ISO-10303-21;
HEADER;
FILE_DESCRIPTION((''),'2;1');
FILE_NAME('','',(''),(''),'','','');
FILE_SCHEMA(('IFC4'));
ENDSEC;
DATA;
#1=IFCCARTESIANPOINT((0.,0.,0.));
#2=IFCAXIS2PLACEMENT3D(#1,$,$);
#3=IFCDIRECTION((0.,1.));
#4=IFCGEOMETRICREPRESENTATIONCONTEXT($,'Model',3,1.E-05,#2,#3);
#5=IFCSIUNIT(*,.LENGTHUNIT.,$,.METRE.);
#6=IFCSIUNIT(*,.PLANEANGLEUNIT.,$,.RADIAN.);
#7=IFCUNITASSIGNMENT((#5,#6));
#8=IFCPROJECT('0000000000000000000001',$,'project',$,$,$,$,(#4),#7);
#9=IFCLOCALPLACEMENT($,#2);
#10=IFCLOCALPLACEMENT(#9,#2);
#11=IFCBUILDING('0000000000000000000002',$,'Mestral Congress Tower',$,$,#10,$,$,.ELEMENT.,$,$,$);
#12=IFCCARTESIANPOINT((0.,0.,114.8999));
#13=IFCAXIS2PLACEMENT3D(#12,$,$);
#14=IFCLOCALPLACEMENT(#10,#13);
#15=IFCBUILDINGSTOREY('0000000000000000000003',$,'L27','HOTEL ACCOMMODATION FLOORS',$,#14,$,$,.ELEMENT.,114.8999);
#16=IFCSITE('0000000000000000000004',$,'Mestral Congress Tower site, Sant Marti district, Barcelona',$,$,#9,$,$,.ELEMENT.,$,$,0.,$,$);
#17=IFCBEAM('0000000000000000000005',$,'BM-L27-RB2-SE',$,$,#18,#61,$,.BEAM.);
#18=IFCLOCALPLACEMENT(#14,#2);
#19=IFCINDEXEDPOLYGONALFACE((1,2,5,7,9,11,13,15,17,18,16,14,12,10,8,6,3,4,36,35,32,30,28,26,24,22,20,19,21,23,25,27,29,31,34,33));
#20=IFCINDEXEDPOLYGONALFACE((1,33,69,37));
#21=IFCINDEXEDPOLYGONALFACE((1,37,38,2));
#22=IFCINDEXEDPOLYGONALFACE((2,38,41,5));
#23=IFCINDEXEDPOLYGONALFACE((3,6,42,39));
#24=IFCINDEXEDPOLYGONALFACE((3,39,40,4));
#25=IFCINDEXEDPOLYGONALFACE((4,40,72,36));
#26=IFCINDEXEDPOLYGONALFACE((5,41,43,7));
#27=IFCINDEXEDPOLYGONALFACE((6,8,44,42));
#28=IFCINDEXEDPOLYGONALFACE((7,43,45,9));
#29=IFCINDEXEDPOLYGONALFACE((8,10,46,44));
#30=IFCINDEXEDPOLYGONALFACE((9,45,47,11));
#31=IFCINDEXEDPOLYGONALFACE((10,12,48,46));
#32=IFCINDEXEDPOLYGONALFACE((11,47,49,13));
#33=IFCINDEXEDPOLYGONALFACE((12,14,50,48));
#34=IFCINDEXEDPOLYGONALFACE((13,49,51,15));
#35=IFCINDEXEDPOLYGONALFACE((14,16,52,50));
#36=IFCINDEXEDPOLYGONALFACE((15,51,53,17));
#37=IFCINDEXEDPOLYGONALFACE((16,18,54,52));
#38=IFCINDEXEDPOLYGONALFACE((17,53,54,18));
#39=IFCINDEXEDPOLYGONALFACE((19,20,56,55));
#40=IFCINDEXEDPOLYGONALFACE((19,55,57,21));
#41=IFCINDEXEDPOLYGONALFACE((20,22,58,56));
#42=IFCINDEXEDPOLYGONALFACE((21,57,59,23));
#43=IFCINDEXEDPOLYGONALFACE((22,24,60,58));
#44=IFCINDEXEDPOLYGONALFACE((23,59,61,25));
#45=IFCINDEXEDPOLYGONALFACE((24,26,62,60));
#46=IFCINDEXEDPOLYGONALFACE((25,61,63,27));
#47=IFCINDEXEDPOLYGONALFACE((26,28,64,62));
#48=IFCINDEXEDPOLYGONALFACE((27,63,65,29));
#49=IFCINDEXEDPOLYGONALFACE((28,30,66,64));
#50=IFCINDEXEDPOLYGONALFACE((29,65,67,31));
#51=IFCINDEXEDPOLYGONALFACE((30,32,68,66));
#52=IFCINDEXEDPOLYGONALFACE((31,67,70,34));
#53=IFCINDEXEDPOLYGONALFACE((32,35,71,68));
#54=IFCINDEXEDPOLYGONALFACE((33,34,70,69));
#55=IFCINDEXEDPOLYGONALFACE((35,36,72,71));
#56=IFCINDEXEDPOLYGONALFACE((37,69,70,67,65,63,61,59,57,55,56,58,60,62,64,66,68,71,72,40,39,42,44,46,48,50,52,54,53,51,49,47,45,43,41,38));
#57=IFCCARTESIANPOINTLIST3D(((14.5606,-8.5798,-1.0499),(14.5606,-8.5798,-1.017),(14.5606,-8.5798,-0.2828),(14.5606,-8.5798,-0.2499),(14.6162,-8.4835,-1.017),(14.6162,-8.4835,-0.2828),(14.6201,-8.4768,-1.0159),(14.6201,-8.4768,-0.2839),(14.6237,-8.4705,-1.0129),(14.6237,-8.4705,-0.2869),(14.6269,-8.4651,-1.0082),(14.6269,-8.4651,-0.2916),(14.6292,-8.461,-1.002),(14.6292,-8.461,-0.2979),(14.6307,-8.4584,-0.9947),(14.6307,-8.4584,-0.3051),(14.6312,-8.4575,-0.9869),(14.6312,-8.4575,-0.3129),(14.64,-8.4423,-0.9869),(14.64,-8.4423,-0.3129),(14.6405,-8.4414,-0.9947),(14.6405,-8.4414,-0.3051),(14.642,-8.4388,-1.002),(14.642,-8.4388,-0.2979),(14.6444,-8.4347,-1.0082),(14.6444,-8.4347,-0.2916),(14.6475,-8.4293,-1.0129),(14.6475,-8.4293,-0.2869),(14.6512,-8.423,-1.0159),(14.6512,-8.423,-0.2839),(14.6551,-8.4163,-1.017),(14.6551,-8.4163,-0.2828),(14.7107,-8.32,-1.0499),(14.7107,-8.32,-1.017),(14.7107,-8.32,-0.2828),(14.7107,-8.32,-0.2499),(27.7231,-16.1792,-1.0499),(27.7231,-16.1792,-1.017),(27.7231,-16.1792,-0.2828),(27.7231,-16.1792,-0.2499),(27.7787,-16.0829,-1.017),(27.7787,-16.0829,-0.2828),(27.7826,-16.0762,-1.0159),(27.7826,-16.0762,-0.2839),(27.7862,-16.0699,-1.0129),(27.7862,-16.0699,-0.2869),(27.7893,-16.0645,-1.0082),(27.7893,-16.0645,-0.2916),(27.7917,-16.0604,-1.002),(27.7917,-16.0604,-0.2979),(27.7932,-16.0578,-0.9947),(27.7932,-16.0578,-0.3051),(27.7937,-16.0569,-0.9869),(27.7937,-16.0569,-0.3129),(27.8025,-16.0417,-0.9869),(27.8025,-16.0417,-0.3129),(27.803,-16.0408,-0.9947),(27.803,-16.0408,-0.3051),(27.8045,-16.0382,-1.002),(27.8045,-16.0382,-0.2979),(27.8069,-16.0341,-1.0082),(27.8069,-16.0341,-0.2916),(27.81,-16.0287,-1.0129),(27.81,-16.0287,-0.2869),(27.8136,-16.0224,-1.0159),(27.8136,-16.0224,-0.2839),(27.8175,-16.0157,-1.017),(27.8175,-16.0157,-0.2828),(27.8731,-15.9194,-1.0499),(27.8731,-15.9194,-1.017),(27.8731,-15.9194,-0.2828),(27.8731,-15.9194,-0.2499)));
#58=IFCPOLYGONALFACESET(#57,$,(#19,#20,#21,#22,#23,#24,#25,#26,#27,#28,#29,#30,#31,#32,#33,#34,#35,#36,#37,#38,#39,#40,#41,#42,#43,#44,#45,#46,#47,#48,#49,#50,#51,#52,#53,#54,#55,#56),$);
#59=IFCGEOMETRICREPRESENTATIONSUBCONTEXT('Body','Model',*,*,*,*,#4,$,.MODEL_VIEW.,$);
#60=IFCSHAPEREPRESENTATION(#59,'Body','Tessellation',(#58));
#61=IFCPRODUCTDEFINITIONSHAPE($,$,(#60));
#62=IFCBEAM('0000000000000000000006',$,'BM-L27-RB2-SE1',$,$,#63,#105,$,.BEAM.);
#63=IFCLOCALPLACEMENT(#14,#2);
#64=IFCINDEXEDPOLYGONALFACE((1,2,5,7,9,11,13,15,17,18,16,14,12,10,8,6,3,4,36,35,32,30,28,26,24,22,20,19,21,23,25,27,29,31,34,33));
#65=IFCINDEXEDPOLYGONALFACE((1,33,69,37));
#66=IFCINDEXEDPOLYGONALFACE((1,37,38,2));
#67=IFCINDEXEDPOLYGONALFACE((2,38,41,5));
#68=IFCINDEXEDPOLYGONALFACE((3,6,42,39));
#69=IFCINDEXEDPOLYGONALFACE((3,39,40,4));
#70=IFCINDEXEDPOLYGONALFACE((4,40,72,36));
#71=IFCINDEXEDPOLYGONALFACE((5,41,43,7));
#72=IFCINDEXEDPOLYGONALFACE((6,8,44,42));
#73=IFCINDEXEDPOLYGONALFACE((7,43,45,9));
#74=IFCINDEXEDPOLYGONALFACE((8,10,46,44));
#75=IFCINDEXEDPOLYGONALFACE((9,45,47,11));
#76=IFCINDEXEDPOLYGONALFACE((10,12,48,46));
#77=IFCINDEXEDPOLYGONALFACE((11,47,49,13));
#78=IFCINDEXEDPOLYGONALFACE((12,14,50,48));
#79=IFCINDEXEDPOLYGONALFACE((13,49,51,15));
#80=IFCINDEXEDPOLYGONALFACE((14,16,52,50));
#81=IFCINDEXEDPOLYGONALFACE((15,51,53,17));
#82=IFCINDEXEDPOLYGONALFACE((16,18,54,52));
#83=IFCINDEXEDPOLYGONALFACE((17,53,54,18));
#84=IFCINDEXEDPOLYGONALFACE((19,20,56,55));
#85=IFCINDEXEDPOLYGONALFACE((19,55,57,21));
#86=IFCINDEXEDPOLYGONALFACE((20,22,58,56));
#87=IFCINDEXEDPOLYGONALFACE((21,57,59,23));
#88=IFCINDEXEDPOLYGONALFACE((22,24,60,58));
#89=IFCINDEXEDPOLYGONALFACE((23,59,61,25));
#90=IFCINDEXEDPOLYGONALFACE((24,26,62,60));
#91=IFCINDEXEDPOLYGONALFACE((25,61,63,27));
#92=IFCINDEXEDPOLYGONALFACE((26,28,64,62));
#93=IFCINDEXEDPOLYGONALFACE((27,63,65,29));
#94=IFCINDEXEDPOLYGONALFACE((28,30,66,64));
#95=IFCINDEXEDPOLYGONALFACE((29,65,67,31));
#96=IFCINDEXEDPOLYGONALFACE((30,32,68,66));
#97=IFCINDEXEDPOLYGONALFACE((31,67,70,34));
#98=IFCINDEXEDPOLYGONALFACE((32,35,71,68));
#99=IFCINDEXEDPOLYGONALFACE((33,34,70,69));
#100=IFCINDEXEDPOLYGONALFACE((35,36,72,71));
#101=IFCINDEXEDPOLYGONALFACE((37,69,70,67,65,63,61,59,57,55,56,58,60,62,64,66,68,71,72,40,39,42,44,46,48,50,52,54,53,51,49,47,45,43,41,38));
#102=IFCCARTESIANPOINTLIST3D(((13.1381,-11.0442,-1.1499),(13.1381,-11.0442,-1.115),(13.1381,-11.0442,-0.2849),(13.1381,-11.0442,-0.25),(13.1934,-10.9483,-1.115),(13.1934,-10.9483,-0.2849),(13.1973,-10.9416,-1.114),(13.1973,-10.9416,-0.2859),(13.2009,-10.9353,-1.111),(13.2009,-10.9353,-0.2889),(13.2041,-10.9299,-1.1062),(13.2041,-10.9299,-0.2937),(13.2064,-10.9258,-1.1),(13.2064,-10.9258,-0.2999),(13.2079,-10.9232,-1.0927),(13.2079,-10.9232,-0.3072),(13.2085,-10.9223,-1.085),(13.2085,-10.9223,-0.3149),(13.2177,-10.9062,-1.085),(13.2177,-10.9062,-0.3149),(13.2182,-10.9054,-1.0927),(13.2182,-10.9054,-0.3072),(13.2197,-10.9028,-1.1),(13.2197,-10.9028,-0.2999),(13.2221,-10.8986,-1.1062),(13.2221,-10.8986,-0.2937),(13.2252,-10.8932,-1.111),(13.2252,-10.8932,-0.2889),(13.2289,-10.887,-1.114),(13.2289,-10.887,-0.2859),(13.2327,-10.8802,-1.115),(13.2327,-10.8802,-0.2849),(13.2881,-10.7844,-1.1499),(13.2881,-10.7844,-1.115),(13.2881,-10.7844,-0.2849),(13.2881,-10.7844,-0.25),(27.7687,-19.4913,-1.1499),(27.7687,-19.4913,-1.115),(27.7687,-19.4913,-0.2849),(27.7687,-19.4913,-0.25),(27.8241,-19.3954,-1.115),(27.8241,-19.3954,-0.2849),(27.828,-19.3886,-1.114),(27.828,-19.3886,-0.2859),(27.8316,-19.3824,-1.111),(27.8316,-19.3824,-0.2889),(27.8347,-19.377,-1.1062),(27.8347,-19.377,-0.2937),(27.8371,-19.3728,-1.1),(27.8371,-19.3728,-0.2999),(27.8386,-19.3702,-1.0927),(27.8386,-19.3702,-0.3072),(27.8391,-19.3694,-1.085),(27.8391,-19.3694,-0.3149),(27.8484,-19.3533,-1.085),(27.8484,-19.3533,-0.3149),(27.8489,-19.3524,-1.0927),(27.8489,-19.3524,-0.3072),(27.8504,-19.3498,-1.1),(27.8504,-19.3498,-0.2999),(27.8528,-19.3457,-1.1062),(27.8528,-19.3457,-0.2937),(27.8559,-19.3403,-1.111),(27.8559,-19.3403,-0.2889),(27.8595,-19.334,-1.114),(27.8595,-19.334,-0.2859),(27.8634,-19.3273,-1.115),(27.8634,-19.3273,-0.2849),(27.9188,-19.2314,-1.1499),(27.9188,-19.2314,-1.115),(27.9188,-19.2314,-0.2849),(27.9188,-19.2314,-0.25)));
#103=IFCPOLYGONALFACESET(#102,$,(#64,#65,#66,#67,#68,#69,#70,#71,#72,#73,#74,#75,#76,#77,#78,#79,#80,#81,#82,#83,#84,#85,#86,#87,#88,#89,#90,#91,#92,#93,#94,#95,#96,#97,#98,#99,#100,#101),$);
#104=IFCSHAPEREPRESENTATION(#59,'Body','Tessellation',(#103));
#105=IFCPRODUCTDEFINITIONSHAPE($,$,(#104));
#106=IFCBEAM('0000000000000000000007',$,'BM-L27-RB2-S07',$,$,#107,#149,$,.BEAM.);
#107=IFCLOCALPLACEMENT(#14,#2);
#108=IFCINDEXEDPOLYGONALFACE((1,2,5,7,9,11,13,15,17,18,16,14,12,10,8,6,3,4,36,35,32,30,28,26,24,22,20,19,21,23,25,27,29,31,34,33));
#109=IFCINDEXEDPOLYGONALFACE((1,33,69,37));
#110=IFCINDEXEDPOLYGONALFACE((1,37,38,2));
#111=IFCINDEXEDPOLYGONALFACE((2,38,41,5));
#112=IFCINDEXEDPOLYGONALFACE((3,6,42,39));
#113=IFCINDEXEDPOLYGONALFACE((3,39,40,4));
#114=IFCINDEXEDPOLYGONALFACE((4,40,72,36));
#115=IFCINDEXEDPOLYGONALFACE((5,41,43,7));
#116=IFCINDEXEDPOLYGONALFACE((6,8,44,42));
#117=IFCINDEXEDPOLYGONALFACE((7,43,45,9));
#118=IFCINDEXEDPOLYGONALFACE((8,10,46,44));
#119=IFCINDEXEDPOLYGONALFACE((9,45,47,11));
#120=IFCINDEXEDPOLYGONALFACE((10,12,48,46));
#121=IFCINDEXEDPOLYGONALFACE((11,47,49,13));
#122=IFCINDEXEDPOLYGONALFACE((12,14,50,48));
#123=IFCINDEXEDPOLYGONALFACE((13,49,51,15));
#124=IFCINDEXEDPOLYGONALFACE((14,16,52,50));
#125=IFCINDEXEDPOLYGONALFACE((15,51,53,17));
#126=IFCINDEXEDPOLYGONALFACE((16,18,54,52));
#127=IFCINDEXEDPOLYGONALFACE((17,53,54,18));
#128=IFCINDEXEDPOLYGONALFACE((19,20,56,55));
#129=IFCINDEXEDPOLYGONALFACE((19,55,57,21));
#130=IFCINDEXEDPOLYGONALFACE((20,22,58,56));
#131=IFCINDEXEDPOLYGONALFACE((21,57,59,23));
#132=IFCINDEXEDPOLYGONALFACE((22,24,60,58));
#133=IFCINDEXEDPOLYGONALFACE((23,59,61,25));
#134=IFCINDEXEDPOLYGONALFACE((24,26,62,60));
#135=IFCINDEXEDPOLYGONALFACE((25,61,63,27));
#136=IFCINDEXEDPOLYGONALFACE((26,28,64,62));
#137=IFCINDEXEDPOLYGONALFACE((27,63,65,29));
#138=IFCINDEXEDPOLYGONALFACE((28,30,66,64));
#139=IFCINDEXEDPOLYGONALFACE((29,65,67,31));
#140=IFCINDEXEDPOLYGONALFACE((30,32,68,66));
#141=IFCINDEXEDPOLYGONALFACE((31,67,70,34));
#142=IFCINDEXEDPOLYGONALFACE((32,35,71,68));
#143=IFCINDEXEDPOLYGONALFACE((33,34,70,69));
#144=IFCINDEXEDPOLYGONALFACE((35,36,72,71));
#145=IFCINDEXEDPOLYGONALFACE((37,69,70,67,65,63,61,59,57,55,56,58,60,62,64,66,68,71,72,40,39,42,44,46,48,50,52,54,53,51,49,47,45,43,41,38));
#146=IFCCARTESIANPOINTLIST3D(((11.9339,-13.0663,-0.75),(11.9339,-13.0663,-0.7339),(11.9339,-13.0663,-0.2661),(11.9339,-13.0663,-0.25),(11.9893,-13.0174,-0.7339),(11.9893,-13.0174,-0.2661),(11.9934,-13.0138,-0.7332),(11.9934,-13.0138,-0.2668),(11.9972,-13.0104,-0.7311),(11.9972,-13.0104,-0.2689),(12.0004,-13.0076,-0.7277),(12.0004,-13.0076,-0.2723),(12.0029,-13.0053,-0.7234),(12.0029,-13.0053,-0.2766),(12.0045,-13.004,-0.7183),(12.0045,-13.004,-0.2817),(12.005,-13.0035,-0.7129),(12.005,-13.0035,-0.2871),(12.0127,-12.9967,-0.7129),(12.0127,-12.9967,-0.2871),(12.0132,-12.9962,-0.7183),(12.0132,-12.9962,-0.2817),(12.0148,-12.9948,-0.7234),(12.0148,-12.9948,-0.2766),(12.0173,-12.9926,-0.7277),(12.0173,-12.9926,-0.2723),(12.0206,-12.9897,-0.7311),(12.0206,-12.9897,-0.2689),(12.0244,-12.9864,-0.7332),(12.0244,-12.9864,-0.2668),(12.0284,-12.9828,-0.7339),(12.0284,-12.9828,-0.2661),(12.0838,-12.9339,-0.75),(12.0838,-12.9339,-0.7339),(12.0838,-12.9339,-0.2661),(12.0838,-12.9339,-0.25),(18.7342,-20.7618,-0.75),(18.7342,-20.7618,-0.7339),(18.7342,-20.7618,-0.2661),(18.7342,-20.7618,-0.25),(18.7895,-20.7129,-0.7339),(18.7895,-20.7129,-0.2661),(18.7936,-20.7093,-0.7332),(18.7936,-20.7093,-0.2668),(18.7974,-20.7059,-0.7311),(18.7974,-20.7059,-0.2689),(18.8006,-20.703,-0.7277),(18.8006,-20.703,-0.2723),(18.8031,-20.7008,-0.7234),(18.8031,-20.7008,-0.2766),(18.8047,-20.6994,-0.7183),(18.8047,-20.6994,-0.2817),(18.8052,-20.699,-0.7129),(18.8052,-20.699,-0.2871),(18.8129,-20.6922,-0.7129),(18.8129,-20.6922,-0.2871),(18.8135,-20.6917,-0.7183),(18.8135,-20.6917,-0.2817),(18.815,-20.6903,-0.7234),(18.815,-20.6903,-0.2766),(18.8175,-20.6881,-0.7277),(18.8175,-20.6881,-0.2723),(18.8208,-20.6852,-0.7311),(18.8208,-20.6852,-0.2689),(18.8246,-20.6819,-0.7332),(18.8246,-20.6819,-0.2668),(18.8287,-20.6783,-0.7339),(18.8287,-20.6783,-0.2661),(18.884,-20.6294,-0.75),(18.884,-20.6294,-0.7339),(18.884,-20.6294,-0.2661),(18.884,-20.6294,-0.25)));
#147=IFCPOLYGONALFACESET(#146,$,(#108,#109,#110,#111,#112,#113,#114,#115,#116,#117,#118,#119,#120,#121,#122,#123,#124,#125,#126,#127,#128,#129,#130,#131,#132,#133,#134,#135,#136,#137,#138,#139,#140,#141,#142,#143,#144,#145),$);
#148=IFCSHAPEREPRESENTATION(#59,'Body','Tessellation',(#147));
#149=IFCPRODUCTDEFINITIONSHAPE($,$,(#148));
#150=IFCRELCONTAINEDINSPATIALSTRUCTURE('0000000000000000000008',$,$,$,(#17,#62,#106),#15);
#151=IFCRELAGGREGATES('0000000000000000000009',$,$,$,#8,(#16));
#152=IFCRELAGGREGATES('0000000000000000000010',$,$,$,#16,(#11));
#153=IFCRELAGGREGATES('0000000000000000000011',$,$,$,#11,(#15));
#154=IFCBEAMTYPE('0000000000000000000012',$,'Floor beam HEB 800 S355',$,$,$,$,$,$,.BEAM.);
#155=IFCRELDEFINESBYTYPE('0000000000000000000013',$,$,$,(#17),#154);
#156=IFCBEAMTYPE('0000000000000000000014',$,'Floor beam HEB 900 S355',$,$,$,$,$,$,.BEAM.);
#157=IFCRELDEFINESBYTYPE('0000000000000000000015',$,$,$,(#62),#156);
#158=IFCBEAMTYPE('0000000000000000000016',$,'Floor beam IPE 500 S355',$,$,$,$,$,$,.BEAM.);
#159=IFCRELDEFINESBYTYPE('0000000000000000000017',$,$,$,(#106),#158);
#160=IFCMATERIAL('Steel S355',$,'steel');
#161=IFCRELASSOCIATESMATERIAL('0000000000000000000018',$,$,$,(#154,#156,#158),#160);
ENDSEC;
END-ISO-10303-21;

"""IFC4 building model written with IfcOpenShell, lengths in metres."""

from ifc_helpers import new_model, si_unit, direction, frame, origin, origin_2d, place, context, subcontext, project, spatial, i_section, extrude, material, material_profile, profile_set, type_object, element, save


model = new_model("IFC4")

# Units and contexts
model_context = context("Model", 3, precision=1e-05, world=origin(), true_north=direction((0.0, 1.0)))
body_context = subcontext(model_context, "Body", "Model", "MODEL_VIEW")
ifc_project = project(units=[si_unit("LENGTHUNIT", "METRE"), si_unit("PLANEANGLEUNIT", "RADIAN")], contexts=[model_context])

# Site, building, storey
site_placement = place(None, origin())
site = spatial("IfcSite", under=ifc_project, at=site_placement, Name="Mestral Congress Tower site, Sant Marti district, Barcelona", CompositionType="ELEMENT", RefElevation=0.0)
building_placement = place(site_placement, origin())
building = spatial("IfcBuilding", under=site, at=building_placement, Name="Mestral Congress Tower", CompositionType="ELEMENT")
storey_placement = place(building_placement, frame((0.0, 0.0, 114.8999)))
storey = spatial("IfcBuildingStorey", under=building, at=storey_placement, Name="L27", Description="HOTEL ACCOMMODATION FLOORS", CompositionType="ELEMENT", Elevation=114.8999)

# Beams
ifc_material_1 = material(Name="Steel S355", Category="steel")
ifc_material_profile_1 = material_profile(ifc_material_1, i_section(OverallWidth=0.3, OverallDepth=0.8, WebThickness=0.0176, FlangeThickness=0.033, FilletRadius=0.03, at=origin_2d()), Name="HEB 800")
ifc_profile_set_1 = profile_set([ifc_material_profile_1], Name="Steel S355")
beam_type_1 = type_object("IfcBeamType", Name="Floor beam HEB 800 S355", PredefinedType="BEAM", material=ifc_profile_set_1)
beam_1_placement = place(storey_placement, frame((27.7981, -16.0493, -0.6499), z_axis=(-0.866023, 0.500004, 0.0), x_axis=(-0.500004, -0.866023, 0.0)))
element("IfcBeam", 1, at=beam_1_placement, inside=storey, type_object=beam_type_1, Name="BM-L27-RB2-SE", PredefinedType="BEAM", context=body_context, shape_type="SweptSolid", body=[
    extrude(i_section(OverallWidth=0.3, OverallDepth=0.8, WebThickness=0.0176, FlangeThickness=0.033, FilletRadius=0.03, at=origin_2d()), origin(), (0.0, 0.0, 1.0), 15.1987),
])
ifc_material_profile_2 = material_profile(ifc_material_1, i_section(OverallWidth=0.3, OverallDepth=0.8999, WebThickness=0.0186, FlangeThickness=0.0349, FilletRadius=0.03, at=origin_2d()), Name="HEB 900")
ifc_profile_set_2 = profile_set([ifc_material_profile_2], Name="Steel S355")
beam_type_2 = type_object("IfcBeamType", Name="Floor beam HEB 900 S355", PredefinedType="BEAM", material=ifc_profile_set_2)
beam_2_placement = place(storey_placement, frame((27.8438, -19.3613, -0.7), z_axis=(-0.866025, 0.500001, 0.0), x_axis=(-0.500001, -0.866025, 0.0)))
element("IfcBeam", 2, at=beam_2_placement, inside=storey, type_object=beam_type_2, Name="BM-L27-RB2-SE1", PredefinedType="BEAM", context=body_context, shape_type="SweptSolid", body=[
    extrude(i_section(OverallWidth=0.3, OverallDepth=0.8999, WebThickness=0.0186, FlangeThickness=0.0349, FilletRadius=0.03, at=origin_2d()), origin(), (0.0, 0.0, 1.0), 16.894),
])
ifc_material_profile_3 = material_profile(ifc_material_1, i_section(OverallWidth=0.2, OverallDepth=0.5, WebThickness=0.0103, FlangeThickness=0.0161, FilletRadius=0.021, at=origin_2d()), Name="IPE 500")
ifc_profile_set_3 = profile_set([ifc_material_profile_3], Name="Steel S355")
beam_type_3 = type_object("IfcBeamType", Name="Floor beam IPE 500 S355", PredefinedType="BEAM", material=ifc_profile_set_3)
beam_3_placement = place(storey_placement, frame((18.8091, -20.6956, -0.5), z_axis=(-0.662174, 0.74935, 0.0), x_axis=(-0.74935, -0.662174, 0.0)))
element("IfcBeam", 3, at=beam_3_placement, inside=storey, type_object=beam_type_3, Name="BM-L27-RB2-S07", PredefinedType="BEAM", context=body_context, shape_type="SweptSolid", body=[
    extrude(i_section(OverallWidth=0.2, OverallDepth=0.5, WebThickness=0.0103, FlangeThickness=0.0161, FilletRadius=0.021, at=origin_2d()), origin(), (0.0, 0.0, 1.0), 10.2695),
])

save(model, "model.ifc")
